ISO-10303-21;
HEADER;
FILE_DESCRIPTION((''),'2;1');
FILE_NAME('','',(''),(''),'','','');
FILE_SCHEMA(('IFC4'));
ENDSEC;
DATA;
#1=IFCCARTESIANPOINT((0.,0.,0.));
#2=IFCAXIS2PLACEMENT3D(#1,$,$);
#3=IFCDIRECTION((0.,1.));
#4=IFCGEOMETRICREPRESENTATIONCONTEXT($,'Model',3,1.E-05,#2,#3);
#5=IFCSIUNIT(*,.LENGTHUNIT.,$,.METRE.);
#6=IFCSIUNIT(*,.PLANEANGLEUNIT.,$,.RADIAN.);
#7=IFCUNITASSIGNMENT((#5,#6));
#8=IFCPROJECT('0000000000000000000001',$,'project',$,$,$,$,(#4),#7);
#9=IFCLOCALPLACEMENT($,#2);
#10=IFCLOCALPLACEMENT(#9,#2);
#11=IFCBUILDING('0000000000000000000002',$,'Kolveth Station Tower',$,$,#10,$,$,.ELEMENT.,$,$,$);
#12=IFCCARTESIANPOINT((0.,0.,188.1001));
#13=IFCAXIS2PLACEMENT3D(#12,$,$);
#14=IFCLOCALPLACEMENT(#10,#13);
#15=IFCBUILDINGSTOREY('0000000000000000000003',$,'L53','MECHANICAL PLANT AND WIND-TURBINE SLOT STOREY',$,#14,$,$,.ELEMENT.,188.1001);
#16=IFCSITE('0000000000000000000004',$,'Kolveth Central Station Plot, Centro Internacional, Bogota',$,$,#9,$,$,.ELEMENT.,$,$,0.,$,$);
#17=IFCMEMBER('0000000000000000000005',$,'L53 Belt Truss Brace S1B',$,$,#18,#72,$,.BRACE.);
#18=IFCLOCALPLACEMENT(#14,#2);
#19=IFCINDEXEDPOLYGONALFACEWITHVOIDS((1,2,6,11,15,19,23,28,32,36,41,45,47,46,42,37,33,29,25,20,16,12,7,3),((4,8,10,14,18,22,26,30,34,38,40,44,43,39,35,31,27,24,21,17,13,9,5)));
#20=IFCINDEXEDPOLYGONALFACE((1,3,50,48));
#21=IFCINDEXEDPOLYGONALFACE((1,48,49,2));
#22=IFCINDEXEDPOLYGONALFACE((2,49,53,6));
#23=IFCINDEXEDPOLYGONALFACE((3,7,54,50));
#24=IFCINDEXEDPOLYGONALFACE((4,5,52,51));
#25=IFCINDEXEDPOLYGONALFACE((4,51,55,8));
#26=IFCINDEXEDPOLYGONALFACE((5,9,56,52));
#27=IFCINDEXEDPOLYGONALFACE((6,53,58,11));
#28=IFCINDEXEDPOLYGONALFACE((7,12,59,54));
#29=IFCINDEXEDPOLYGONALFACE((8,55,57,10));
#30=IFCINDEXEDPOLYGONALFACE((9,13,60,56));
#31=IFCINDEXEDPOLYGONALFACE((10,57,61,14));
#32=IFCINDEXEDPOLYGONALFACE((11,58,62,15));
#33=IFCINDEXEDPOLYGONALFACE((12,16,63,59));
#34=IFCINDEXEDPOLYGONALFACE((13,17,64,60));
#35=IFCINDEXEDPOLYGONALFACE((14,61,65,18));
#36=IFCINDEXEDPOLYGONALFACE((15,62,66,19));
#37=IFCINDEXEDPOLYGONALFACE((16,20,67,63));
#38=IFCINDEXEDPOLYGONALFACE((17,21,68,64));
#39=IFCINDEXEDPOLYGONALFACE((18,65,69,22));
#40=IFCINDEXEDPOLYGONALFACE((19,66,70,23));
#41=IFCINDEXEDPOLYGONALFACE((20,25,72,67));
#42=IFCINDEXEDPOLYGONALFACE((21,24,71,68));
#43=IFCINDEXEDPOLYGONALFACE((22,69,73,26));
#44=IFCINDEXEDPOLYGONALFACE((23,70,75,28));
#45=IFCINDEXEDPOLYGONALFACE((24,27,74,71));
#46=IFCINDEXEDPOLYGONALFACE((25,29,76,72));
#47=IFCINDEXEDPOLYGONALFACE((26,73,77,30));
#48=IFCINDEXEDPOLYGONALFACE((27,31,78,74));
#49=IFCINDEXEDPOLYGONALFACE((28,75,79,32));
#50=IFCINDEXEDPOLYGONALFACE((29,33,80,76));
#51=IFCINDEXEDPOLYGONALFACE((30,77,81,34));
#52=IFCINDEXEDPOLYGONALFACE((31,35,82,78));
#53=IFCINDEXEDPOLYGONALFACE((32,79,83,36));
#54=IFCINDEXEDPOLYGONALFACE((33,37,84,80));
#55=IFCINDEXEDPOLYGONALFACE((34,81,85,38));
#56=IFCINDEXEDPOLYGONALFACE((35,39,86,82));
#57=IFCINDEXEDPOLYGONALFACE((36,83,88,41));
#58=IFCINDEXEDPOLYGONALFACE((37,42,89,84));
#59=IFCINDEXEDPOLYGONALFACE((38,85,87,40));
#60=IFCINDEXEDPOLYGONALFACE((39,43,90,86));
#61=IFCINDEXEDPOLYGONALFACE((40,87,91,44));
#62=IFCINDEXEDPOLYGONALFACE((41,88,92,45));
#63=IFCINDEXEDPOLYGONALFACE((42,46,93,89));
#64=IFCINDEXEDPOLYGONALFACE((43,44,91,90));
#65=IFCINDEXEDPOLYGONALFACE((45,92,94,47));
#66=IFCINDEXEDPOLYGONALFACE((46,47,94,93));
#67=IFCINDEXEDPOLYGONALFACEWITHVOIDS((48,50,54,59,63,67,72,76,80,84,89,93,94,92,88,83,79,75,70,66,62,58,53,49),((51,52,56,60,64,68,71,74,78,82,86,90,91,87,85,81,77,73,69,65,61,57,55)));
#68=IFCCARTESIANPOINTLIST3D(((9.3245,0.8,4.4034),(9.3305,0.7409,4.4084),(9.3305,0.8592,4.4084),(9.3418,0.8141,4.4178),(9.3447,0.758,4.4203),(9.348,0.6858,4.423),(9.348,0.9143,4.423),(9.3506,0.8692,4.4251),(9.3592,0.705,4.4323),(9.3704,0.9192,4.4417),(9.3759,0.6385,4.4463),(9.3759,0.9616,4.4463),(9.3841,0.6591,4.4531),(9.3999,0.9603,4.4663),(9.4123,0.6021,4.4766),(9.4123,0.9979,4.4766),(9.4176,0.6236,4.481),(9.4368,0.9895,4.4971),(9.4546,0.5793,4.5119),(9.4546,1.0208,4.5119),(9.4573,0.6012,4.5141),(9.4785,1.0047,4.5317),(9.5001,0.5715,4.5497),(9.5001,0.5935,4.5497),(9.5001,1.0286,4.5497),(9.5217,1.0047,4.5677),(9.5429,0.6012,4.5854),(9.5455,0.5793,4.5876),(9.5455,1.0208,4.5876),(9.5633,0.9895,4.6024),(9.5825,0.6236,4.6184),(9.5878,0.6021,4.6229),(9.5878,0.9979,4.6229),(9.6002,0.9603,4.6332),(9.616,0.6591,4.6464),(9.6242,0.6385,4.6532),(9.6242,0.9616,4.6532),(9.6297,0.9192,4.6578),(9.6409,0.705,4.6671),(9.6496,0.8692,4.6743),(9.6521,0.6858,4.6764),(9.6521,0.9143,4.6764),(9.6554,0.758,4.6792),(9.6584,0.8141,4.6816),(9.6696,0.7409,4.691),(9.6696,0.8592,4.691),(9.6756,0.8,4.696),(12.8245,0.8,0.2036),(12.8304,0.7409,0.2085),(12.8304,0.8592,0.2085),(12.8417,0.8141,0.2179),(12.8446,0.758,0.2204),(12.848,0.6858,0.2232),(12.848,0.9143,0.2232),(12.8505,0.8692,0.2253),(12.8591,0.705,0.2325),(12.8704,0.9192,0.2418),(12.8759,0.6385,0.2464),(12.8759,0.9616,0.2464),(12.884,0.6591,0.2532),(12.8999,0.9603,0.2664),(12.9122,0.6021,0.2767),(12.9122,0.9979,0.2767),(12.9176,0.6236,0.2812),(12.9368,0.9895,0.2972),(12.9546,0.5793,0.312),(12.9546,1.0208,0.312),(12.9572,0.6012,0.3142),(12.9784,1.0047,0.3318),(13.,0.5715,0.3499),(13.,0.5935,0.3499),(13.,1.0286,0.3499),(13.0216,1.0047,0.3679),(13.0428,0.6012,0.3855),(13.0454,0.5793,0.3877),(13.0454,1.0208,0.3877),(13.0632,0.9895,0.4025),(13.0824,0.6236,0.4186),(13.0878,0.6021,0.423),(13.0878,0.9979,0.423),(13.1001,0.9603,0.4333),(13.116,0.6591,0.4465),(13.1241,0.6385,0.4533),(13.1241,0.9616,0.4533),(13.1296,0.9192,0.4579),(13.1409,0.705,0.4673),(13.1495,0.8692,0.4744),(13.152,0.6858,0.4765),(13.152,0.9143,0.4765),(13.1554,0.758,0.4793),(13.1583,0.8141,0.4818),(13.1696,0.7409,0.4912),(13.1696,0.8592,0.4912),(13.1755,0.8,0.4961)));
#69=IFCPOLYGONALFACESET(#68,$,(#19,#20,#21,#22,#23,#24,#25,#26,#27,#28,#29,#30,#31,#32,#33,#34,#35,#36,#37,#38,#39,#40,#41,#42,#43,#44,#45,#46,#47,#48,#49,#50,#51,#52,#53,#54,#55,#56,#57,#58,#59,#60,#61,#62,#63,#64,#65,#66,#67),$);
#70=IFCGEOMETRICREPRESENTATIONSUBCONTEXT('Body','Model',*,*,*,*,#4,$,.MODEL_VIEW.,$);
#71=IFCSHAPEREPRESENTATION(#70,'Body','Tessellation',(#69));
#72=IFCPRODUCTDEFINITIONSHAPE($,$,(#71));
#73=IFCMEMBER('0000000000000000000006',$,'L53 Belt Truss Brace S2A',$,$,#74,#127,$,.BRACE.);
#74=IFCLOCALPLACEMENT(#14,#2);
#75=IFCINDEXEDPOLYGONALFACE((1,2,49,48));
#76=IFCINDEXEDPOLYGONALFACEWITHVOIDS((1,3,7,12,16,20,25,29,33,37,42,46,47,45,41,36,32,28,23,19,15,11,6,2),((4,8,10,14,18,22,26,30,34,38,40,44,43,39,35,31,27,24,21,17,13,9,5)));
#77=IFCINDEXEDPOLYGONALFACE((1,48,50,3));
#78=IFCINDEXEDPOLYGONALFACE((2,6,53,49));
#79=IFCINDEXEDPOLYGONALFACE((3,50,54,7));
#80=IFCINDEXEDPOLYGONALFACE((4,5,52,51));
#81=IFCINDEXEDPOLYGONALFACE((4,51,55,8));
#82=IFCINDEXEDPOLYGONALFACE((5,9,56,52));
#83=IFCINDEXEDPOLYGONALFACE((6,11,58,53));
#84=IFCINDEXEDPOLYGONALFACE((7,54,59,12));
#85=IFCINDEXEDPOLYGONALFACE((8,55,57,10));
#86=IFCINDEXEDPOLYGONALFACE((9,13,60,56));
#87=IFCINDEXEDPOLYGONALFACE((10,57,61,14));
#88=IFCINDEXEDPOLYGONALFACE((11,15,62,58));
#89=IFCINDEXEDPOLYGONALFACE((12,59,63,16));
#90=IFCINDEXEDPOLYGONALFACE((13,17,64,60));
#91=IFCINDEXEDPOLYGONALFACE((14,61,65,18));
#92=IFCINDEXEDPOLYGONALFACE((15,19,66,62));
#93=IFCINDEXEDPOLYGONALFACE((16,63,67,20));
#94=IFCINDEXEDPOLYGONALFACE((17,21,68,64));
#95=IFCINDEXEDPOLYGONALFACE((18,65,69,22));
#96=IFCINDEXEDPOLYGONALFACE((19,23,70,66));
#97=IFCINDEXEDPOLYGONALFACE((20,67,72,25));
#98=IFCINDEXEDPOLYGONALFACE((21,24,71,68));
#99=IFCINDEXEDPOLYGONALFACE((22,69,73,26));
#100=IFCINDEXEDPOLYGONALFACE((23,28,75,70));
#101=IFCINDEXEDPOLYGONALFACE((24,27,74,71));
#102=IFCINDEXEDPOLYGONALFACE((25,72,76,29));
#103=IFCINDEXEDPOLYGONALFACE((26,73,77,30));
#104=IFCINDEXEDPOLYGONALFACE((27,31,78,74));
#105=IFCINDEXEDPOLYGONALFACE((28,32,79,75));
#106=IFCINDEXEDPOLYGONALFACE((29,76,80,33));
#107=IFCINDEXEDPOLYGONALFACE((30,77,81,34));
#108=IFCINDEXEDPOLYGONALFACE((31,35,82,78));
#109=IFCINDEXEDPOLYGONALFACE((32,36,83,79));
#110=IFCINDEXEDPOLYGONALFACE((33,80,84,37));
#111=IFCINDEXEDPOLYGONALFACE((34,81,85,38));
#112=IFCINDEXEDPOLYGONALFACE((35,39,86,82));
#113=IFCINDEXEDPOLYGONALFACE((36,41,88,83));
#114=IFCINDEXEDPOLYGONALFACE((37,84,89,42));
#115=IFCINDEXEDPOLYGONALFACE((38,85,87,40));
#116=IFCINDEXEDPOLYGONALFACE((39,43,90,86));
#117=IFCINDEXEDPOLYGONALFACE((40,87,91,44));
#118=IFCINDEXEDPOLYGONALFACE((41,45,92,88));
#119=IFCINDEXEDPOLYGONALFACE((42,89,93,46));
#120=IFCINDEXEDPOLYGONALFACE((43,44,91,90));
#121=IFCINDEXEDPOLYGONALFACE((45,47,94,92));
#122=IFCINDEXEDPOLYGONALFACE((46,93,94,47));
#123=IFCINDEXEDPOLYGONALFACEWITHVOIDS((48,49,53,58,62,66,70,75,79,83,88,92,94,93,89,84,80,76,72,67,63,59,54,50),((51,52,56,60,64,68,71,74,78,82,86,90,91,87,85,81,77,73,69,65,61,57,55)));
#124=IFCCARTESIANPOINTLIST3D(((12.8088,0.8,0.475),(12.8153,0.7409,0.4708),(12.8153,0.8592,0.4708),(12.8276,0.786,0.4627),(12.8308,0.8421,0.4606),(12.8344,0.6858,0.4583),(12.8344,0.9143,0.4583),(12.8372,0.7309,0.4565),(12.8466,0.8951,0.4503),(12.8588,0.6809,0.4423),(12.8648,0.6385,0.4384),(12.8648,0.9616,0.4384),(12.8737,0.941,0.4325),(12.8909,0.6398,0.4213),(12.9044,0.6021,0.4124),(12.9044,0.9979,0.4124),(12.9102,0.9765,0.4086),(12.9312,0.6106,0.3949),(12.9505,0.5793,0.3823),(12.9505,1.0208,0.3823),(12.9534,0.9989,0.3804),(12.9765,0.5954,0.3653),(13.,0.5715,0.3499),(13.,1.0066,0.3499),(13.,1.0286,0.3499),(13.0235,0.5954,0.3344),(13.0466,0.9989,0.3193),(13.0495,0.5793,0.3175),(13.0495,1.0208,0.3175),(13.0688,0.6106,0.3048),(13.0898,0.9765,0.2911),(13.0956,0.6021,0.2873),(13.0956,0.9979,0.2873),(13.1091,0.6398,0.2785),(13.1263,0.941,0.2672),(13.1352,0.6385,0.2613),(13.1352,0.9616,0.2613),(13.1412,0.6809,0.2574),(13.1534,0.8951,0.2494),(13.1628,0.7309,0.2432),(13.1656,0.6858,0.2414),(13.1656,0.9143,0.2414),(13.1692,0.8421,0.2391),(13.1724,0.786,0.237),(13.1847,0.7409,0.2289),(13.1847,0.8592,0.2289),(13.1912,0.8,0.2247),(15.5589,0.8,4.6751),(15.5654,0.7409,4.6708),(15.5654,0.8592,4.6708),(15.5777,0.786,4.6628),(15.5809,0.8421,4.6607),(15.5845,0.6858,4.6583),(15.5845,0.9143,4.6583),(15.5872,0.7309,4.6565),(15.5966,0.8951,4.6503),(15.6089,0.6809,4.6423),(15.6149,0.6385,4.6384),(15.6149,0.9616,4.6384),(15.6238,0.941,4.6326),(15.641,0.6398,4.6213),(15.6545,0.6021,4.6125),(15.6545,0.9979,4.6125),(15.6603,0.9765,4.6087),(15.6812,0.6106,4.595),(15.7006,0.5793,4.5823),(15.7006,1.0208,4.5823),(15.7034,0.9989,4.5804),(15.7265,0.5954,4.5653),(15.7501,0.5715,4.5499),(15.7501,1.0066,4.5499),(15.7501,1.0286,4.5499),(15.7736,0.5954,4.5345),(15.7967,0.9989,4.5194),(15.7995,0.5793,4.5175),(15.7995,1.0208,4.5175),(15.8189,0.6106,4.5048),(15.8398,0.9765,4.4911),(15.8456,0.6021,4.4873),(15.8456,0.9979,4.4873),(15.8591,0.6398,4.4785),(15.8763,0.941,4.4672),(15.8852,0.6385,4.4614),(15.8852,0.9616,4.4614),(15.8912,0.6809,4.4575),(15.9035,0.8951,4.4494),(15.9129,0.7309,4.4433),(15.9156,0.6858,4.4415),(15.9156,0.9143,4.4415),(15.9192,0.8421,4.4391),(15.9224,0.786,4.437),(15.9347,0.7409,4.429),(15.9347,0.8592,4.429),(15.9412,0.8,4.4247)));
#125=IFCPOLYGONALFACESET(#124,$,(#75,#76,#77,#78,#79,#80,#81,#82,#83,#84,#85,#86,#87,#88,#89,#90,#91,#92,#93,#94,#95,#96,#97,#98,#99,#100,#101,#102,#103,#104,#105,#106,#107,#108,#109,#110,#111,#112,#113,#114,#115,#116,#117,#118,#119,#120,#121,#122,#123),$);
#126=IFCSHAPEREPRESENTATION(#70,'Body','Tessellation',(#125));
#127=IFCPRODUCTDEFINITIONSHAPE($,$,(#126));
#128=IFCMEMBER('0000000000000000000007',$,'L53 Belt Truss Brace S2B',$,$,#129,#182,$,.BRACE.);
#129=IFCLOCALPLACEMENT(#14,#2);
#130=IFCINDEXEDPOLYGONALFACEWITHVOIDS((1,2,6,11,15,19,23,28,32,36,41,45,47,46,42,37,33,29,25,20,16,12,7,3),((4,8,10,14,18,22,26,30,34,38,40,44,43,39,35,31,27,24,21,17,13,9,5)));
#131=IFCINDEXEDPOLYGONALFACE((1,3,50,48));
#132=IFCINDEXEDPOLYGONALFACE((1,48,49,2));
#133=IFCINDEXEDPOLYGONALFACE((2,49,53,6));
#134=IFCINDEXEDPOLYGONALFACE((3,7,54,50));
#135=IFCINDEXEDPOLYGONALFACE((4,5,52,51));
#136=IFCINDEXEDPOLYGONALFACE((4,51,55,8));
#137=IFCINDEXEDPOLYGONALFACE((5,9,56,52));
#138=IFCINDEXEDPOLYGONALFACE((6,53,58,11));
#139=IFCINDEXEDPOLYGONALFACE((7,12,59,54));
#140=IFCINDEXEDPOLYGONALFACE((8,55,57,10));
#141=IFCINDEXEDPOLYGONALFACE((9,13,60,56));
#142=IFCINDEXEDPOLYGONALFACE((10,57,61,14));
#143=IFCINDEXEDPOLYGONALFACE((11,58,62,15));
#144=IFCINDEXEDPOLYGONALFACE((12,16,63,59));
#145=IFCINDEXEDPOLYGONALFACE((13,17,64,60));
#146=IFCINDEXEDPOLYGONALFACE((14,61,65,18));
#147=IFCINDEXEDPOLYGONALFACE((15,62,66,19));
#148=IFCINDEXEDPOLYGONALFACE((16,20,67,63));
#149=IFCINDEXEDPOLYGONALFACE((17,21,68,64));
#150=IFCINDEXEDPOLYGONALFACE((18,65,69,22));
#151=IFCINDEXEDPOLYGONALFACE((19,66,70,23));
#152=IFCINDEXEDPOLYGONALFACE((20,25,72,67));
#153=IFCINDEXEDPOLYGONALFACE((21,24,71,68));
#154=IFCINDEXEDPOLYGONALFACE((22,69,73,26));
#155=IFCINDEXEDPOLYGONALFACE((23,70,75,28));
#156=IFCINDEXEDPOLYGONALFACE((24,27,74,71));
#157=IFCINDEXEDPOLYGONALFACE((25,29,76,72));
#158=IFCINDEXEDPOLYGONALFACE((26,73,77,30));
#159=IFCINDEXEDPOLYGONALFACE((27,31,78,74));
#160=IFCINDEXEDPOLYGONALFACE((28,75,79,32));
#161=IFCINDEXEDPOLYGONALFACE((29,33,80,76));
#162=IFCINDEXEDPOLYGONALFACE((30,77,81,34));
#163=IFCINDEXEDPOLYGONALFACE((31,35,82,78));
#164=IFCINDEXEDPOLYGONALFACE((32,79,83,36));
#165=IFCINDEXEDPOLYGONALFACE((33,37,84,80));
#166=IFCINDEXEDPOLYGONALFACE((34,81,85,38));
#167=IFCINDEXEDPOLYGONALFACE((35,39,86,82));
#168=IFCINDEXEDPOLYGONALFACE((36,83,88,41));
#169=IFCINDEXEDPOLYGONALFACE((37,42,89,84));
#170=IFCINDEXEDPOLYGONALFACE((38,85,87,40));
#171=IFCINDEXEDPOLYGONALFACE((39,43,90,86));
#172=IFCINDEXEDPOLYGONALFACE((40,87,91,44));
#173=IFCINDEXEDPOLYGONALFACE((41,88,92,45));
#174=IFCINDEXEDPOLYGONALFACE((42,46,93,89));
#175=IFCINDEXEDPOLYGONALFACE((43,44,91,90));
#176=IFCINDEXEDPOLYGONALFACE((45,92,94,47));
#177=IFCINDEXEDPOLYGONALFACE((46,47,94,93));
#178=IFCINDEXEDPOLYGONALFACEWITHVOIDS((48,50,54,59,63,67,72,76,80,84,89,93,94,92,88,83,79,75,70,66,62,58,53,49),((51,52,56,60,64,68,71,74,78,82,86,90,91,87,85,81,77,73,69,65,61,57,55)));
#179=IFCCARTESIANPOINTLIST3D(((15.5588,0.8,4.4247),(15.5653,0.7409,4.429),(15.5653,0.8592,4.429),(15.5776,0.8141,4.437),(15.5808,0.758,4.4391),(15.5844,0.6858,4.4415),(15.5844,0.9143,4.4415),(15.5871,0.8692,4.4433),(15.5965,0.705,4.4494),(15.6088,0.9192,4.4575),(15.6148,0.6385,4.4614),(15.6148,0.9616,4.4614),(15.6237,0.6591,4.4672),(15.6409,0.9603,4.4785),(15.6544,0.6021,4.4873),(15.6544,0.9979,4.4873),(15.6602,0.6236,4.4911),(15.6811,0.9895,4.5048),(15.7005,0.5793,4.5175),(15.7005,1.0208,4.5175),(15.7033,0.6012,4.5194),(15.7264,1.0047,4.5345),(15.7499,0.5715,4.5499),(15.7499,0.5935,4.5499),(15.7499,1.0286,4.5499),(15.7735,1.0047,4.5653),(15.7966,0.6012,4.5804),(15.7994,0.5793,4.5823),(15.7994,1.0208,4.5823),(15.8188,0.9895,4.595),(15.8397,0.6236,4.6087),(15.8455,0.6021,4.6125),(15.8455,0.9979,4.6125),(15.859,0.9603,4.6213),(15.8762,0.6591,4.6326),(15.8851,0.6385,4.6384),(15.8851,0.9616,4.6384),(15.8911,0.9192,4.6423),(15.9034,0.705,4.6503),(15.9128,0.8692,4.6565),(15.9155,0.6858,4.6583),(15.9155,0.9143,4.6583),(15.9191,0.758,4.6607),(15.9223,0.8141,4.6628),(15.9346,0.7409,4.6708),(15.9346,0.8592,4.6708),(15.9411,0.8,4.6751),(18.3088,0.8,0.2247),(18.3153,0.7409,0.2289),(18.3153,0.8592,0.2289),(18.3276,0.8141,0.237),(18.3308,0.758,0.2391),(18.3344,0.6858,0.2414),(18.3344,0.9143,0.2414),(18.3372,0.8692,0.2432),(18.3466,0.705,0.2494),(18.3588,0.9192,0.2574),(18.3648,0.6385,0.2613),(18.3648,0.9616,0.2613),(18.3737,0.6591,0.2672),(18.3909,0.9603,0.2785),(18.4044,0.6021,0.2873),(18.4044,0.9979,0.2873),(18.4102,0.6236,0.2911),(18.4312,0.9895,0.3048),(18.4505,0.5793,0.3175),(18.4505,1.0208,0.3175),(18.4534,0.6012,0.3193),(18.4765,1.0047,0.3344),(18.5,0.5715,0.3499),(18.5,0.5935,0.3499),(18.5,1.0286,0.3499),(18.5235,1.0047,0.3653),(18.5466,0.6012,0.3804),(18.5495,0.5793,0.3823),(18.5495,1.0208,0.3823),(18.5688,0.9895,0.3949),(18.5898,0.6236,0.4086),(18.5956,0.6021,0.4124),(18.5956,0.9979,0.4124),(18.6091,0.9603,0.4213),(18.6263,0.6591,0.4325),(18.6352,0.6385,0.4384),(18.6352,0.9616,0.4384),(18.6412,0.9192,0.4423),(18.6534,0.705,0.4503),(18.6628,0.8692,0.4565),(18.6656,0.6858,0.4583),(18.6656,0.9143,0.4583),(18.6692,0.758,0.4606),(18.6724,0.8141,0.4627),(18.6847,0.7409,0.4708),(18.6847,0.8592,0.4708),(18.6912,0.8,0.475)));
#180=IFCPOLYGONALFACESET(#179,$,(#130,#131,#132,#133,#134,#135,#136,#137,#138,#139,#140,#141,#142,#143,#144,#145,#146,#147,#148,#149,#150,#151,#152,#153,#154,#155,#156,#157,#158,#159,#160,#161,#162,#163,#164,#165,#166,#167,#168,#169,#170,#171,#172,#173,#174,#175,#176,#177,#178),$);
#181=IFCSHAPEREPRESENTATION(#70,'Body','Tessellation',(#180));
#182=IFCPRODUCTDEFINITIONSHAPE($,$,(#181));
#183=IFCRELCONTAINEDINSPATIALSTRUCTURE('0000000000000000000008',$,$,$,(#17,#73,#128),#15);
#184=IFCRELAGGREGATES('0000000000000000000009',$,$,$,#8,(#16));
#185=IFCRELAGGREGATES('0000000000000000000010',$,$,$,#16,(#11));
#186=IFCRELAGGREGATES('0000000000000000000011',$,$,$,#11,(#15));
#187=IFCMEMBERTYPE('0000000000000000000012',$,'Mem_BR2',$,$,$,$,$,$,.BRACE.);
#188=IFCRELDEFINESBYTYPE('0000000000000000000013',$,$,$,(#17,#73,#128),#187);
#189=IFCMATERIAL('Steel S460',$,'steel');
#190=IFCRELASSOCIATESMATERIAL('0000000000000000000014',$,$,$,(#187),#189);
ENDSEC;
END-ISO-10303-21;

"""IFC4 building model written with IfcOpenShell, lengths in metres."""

from ifc_helpers import new_model, si_unit, direction, frame, origin, origin_2d, place, context, subcontext, project, spatial, hollow_circle, extrude, source, transform, mapped, material, material_profile, profile_set, type_object, element, save


model = new_model("IFC4")

# Units and contexts
model_context = context("Model", 3, precision=1e-05, world=origin(), true_north=direction((0.0, 1.0)))
body_context = subcontext(model_context, "Body", "Model", "MODEL_VIEW")
ifc_project = project(units=[si_unit("LENGTHUNIT", "METRE"), si_unit("PLANEANGLEUNIT", "RADIAN")], contexts=[model_context])

# Site, building, storey
site_placement = place(None, origin())
site = spatial("IfcSite", under=ifc_project, at=site_placement, Name="Kolveth Central Station Plot, Centro Internacional, Bogota", CompositionType="ELEMENT", RefElevation=0.0)
building_placement = place(site_placement, origin())
building = spatial("IfcBuilding", under=site, at=building_placement, Name="Kolveth Station Tower", CompositionType="ELEMENT")
storey_placement = place(building_placement, frame((0.0, 0.0, 188.1001)))
storey = spatial("IfcBuildingStorey", under=building, at=storey_placement, Name="L53", Description="MECHANICAL PLANT AND WIND-TURBINE SLOT STOREY", CompositionType="ELEMENT", Elevation=188.1001)

# Members
ifc_material_1 = material(Name="Steel S460", Category="steel")
ifc_material_profile_1 = material_profile(ifc_material_1, hollow_circle(Radius=0.2285, WallThickness=0.022, at=origin_2d()), Name="CHS457x22")
ifc_profile_set_1 = profile_set([ifc_material_profile_1], Name="Steel S460")
member_type_1 = type_object("IfcMemberType", Name="Mem_BR2", PredefinedType="BRACE", material=ifc_profile_set_1)
shared_shape_1 = source(origin(), body_context, "Body", "SweptSolid", [
    extrude(hollow_circle(Radius=0.2285, WallThickness=0.022, at=origin_2d()), origin(), (0.0, 0.0, 1.0), 5.467),
])
member_1_placement = place(storey_placement, frame((13.0, 0.8, 0.3499), z_axis=(-0.640189, 0.0, 0.768218), x_axis=(0.0, -1.0, 0.0)))
element("IfcMember", 1, at=member_1_placement, inside=storey, type_object=member_type_1, Name="L53 Belt Truss Brace S1B", PredefinedType="BRACE", context=body_context, shape_type="MappedRepresentation", body=[
    mapped(shared_shape_1, transform((0.0, 0.0, 0.0), x_axis=(1.0, 0.0, 0.0), y_axis=(0.0, 1.0, 0.0), z_axis=(0.0, 0.0, 1.0), scale=1.0)),
])
shared_shape_2 = source(origin(), body_context, "Body", "SweptSolid", [
    extrude(hollow_circle(Radius=0.2285, WallThickness=0.022, at=origin_2d()), origin(), (0.0, 0.0, 1.0), 5.0203),
])
for number, where, z_axis, x_axis, name in (
    (2, (13.0, 0.8, 0.3499), (0.54779, 0.0, 0.836616), (0.0, 1.0, 0.0), "L53 Belt Truss Brace S2A"),
    (3, (18.5, 0.8, 0.3499), (-0.54779, 0.0, 0.836616), (0.0, -1.0, 0.0), "L53 Belt Truss Brace S2B"),
):
    element("IfcMember", number, at=place(storey_placement, frame(where, z_axis=z_axis, x_axis=x_axis)), inside=storey, type_object=member_type_1, Name=name, PredefinedType="BRACE", context=body_context, shape_type="MappedRepresentation", body=[
        mapped(shared_shape_2, transform((0.0, 0.0, 0.0), x_axis=(1.0, 0.0, 0.0), y_axis=(0.0, 1.0, 0.0), z_axis=(0.0, 0.0, 1.0), scale=1.0)),
    ])

save(model, "model.ifc")
